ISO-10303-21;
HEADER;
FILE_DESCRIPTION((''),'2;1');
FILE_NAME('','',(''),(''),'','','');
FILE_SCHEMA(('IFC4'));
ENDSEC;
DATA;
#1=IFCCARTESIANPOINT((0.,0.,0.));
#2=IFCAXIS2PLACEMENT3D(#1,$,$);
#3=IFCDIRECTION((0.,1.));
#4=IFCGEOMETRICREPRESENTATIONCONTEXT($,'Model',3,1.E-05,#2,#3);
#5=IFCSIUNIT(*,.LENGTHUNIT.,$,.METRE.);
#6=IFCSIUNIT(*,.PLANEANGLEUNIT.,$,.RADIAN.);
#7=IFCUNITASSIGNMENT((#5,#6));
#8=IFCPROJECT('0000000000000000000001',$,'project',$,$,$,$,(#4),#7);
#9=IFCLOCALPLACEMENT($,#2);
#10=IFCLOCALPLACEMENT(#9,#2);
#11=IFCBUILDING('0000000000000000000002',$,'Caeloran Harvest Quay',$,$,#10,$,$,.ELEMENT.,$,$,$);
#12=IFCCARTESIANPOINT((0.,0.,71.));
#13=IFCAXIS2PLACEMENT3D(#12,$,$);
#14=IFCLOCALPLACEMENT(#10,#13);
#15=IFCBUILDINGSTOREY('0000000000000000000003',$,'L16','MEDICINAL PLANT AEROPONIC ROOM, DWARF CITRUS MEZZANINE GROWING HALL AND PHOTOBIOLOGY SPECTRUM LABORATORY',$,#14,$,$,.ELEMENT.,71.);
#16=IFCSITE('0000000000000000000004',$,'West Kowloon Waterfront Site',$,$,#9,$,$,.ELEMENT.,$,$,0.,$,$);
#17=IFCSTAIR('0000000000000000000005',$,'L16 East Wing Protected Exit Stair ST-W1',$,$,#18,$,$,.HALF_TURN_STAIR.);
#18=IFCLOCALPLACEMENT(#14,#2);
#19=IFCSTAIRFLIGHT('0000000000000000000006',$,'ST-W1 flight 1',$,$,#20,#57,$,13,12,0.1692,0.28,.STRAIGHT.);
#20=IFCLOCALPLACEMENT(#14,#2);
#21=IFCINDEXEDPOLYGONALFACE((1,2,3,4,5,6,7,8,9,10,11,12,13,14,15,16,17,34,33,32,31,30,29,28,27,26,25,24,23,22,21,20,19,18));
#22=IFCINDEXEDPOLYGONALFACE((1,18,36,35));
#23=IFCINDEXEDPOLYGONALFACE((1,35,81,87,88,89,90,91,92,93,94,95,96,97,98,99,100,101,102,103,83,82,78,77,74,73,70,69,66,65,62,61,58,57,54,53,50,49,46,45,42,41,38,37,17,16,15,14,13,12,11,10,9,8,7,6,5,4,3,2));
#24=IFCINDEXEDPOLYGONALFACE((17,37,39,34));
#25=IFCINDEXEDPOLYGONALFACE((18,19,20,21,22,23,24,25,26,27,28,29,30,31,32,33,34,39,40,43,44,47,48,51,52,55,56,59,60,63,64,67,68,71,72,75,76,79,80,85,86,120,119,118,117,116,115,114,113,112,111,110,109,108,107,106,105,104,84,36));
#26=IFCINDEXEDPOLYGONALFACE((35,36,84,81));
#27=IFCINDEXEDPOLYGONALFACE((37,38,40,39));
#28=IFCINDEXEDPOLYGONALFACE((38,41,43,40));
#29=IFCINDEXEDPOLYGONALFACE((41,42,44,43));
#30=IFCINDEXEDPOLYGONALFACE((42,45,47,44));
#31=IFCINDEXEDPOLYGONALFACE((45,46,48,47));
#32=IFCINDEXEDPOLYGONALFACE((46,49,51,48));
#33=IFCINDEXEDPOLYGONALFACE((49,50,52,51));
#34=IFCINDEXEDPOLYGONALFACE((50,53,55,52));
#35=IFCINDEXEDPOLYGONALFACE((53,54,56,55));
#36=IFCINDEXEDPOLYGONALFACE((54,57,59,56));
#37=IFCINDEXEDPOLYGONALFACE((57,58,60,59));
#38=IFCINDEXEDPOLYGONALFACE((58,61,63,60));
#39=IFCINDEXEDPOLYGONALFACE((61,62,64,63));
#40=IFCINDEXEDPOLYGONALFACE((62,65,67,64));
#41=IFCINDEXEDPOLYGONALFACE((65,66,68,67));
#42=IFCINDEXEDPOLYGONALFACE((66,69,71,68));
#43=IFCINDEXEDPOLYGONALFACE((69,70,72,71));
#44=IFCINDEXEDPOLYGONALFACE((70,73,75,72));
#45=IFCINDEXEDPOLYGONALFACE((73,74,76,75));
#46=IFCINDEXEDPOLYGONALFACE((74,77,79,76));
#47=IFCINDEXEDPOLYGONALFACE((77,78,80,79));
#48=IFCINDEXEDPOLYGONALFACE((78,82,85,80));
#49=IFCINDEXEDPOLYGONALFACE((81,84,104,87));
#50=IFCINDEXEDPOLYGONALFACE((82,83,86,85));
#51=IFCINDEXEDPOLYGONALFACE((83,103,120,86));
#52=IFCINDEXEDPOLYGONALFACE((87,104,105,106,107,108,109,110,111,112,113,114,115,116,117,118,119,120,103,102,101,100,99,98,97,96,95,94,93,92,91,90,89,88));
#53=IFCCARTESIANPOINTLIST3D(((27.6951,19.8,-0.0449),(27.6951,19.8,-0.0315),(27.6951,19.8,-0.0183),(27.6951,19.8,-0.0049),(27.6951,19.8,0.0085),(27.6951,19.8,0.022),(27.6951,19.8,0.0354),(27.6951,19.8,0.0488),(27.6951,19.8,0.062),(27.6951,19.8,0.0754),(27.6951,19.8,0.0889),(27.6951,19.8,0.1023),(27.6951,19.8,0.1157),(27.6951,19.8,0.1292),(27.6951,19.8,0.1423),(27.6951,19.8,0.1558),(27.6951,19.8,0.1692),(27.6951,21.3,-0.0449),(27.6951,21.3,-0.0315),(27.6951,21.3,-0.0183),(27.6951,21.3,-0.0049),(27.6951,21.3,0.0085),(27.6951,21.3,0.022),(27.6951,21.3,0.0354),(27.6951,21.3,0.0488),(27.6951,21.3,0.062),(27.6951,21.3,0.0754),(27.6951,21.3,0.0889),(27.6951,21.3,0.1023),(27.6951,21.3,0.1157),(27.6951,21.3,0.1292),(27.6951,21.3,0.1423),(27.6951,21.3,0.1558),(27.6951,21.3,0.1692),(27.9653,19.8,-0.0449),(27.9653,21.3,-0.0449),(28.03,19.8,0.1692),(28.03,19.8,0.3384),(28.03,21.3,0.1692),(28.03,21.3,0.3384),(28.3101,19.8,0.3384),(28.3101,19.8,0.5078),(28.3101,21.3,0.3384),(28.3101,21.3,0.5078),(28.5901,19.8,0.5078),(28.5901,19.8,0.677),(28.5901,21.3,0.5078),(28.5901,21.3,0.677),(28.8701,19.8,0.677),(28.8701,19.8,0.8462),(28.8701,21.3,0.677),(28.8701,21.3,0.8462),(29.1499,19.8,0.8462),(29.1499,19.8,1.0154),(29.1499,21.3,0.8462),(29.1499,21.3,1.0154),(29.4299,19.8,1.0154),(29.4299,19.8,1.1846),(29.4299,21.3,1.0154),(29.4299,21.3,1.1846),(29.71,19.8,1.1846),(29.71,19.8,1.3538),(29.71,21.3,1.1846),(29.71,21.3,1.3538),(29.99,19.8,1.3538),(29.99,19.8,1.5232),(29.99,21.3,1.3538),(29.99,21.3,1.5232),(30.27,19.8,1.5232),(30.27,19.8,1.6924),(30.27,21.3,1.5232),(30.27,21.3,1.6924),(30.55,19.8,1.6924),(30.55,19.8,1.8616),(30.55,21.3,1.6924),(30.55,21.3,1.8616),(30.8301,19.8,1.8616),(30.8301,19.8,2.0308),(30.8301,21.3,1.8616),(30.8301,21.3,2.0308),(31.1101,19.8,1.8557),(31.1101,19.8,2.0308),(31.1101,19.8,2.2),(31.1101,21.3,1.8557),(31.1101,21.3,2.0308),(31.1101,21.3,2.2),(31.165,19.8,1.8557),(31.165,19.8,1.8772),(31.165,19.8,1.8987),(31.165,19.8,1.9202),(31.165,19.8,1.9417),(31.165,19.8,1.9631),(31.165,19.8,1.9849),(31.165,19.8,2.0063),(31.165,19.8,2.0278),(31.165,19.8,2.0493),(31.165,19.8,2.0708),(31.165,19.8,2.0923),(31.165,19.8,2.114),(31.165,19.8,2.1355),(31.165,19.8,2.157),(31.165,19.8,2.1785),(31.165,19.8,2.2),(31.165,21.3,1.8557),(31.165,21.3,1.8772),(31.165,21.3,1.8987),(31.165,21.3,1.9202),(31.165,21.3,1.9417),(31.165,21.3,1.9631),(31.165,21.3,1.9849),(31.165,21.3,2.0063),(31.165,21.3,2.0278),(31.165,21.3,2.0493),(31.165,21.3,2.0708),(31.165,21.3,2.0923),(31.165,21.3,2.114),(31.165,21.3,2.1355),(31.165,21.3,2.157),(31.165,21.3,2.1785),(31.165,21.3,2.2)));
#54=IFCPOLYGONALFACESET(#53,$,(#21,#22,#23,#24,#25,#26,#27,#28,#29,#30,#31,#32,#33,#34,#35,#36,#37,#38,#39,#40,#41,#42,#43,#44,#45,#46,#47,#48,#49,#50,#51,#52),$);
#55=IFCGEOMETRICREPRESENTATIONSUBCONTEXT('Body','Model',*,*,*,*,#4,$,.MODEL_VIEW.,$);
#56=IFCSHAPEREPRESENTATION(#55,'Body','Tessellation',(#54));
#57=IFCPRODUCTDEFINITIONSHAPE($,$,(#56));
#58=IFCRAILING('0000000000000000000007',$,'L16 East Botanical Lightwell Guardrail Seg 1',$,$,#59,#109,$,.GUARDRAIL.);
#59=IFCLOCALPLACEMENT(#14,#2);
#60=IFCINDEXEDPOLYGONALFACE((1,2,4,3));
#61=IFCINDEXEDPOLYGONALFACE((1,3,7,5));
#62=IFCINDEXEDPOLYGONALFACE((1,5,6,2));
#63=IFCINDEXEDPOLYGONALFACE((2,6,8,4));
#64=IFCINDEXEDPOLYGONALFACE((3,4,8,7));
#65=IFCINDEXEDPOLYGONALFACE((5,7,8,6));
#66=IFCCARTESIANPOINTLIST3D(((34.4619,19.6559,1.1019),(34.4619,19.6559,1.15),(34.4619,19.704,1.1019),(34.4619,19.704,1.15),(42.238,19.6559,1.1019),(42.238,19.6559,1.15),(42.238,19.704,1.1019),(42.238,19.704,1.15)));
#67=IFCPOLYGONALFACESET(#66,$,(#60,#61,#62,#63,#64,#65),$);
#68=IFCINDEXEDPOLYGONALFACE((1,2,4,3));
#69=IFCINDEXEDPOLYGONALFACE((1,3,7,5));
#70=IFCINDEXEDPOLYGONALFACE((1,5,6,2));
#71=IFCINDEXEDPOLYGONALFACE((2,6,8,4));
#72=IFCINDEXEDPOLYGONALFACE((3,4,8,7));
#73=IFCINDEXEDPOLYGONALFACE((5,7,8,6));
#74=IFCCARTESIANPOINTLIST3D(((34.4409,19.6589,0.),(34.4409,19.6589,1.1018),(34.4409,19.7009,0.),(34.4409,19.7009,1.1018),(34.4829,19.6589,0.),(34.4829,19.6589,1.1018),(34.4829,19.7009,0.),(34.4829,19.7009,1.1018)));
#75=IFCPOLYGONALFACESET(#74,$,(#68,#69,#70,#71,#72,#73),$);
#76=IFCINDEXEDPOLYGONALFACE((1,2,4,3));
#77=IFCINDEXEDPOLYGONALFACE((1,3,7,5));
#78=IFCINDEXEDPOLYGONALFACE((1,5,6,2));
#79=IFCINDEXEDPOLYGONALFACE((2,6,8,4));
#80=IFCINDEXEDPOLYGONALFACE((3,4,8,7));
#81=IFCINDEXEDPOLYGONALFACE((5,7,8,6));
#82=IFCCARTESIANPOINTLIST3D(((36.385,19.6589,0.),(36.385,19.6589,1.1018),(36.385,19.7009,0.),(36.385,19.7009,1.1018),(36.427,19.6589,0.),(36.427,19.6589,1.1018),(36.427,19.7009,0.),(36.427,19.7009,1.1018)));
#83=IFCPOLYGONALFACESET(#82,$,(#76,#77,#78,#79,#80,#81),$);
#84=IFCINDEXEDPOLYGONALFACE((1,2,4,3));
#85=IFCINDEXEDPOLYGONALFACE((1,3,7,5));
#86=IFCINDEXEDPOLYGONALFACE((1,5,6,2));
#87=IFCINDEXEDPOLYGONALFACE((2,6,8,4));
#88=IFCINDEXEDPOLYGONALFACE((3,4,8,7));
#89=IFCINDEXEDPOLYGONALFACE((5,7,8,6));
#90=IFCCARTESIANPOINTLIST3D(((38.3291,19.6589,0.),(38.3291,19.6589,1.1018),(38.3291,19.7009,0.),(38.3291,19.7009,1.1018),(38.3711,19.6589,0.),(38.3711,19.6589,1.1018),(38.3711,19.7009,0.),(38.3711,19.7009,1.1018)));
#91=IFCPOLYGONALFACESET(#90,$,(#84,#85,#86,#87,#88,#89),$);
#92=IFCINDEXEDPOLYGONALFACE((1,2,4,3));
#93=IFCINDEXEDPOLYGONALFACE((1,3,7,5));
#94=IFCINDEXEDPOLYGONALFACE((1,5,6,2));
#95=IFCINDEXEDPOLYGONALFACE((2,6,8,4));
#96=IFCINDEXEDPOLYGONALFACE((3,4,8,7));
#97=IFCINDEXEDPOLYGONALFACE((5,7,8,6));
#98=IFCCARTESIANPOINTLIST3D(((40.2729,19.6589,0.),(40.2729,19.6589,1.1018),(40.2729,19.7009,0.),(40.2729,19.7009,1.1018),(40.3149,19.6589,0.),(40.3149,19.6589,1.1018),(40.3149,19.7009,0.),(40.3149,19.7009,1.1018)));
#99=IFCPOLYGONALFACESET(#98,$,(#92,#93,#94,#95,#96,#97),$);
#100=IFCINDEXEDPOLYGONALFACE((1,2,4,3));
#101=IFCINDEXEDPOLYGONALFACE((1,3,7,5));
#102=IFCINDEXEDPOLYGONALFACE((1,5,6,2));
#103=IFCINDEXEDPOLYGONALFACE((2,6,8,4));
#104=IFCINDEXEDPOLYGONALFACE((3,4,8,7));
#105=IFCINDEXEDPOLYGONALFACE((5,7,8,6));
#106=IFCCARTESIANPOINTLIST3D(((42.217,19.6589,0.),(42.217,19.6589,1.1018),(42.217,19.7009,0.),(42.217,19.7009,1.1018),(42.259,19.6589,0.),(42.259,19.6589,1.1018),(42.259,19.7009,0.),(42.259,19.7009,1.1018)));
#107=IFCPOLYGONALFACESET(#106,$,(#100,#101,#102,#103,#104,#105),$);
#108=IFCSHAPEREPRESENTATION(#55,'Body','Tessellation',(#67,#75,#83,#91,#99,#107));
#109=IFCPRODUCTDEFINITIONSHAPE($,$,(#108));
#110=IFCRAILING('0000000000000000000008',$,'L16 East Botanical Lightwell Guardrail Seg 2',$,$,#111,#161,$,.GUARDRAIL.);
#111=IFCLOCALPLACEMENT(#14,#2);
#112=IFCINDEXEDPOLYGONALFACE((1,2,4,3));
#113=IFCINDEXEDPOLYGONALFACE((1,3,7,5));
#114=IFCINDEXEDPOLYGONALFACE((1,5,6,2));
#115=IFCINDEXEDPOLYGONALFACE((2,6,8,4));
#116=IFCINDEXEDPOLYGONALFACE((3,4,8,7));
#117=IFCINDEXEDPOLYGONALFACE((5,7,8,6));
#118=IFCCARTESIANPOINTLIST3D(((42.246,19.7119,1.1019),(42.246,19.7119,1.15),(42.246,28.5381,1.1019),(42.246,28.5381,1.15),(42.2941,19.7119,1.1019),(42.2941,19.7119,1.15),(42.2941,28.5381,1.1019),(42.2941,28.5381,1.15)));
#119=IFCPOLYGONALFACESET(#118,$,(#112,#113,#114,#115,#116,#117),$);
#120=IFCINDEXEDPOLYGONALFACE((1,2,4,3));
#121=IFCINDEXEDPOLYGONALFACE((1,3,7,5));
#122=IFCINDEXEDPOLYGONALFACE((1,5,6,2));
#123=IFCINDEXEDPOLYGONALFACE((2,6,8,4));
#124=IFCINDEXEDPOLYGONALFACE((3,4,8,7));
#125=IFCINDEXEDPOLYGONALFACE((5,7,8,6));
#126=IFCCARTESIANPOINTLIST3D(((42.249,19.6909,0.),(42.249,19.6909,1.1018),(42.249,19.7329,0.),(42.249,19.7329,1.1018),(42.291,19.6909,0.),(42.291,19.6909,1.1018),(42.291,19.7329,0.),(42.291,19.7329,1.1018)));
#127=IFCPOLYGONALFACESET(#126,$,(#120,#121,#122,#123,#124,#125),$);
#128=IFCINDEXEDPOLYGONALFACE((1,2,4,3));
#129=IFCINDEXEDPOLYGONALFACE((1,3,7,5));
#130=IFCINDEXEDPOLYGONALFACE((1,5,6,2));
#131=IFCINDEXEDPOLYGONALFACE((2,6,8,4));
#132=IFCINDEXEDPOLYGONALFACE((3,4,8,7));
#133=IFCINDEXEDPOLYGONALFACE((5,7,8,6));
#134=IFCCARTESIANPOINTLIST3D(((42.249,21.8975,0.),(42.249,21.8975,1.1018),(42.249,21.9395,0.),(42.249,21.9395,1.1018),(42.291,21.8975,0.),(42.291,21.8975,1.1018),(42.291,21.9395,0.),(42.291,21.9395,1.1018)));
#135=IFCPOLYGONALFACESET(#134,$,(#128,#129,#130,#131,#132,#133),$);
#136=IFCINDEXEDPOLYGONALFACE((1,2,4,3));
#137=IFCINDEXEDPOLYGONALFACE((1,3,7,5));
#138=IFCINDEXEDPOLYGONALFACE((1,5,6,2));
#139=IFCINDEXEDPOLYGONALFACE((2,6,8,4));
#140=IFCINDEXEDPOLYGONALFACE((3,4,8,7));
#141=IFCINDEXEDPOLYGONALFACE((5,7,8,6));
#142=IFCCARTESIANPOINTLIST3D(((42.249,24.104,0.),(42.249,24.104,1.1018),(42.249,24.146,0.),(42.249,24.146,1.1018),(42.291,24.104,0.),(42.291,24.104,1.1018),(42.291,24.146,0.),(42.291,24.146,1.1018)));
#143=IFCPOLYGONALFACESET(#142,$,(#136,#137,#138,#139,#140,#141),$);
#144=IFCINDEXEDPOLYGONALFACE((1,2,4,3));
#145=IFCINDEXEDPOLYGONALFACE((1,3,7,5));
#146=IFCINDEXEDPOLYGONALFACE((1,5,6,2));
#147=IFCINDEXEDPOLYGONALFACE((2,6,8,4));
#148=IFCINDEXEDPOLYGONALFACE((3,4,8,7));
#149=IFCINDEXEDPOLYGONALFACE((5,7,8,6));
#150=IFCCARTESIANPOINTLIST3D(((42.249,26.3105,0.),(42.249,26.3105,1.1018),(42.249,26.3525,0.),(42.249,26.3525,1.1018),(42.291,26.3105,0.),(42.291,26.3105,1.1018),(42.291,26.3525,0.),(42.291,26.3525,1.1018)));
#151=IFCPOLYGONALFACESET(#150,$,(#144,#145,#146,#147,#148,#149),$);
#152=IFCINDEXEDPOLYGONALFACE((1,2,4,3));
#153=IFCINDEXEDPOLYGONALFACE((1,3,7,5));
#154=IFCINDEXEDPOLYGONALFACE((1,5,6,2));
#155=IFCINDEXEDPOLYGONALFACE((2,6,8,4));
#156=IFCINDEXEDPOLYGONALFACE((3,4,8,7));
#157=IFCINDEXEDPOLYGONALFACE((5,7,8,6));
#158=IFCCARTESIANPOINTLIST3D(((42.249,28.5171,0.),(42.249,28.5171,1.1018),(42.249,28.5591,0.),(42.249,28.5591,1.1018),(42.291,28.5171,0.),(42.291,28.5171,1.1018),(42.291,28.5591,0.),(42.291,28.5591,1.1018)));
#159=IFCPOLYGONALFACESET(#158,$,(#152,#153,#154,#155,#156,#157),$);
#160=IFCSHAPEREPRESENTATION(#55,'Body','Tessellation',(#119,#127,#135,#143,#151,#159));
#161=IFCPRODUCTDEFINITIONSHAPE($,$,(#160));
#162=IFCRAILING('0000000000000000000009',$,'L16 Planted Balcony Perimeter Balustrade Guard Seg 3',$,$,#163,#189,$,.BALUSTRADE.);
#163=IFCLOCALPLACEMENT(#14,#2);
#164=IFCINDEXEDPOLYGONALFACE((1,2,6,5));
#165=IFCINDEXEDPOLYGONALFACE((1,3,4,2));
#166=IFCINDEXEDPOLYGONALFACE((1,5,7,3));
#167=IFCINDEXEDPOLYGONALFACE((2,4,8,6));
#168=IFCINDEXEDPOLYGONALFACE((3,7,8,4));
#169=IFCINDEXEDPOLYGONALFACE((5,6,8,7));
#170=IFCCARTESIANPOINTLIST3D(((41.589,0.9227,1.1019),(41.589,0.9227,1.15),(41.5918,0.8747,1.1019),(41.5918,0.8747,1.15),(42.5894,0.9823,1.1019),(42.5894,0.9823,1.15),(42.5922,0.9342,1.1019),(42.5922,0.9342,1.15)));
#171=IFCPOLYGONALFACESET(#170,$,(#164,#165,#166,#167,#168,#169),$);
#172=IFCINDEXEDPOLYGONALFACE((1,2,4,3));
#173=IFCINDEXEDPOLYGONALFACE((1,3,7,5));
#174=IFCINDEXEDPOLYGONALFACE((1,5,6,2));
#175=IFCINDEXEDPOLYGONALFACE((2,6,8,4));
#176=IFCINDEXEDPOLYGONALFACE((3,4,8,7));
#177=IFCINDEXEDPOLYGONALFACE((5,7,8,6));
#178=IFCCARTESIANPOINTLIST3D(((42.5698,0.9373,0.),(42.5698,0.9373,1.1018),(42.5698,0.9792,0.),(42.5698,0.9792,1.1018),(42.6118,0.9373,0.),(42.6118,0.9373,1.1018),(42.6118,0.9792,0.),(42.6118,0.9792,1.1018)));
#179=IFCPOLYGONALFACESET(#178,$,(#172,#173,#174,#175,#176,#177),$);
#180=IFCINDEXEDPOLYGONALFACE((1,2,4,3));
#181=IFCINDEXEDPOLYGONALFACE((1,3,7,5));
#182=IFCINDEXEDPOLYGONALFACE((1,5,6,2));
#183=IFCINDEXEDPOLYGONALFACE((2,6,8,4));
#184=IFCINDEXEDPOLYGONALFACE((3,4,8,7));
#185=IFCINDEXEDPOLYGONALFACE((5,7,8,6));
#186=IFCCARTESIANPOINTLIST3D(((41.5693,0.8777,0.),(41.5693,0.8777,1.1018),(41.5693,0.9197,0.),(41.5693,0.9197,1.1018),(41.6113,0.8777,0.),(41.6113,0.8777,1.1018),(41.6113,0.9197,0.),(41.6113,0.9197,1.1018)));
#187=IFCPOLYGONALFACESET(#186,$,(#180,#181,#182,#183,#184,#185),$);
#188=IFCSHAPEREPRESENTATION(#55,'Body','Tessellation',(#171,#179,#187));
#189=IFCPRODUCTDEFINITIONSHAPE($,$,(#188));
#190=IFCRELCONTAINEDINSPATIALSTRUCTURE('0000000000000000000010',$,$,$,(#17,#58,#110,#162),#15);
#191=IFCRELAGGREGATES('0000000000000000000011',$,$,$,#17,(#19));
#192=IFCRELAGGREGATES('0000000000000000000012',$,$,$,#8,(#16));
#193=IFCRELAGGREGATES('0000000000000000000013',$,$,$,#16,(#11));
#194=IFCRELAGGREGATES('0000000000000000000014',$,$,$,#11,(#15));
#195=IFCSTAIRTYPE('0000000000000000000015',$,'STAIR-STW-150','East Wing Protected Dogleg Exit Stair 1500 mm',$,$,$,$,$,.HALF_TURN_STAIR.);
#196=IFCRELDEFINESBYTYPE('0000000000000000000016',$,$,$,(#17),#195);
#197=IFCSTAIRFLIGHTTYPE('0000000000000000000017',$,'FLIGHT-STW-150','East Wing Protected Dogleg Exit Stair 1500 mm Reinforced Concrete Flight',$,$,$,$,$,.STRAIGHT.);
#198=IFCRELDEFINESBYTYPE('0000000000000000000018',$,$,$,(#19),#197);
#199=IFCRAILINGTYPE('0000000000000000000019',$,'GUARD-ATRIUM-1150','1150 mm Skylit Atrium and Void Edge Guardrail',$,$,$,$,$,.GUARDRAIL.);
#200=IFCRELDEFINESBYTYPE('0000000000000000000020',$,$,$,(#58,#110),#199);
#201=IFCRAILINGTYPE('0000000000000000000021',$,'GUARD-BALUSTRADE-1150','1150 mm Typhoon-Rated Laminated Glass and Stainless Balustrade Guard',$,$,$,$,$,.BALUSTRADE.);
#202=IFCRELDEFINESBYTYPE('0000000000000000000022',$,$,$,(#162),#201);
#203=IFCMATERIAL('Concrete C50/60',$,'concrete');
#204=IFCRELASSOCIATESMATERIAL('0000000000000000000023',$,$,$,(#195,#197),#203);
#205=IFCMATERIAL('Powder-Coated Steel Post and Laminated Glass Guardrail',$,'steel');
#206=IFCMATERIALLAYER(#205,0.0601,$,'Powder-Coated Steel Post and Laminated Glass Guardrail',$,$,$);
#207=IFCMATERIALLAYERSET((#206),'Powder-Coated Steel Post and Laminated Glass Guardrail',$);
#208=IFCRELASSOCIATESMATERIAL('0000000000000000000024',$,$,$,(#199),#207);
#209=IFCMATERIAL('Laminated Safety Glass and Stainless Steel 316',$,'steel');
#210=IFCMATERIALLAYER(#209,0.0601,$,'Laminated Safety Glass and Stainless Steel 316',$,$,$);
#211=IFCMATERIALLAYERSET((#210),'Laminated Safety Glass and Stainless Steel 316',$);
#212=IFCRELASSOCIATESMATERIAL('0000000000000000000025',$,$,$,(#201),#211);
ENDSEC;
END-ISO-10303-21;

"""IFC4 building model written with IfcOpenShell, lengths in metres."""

from ifc_helpers import new_model, si_unit, direction, frame, origin, origin_2d, place, context, subcontext, project, spatial, polyline, rectangle, outline, extrude, material, layer, layer_set, type_object, element, aggregate, save


model = new_model("IFC4")

# Units and contexts
model_context = context("Model", 3, precision=1e-05, world=origin(), true_north=direction((0.0, 1.0)))
body_context = subcontext(model_context, "Body", "Model", "MODEL_VIEW")
ifc_project = project(units=[si_unit("LENGTHUNIT", "METRE"), si_unit("PLANEANGLEUNIT", "RADIAN")], contexts=[model_context])

# Site, building, storey
site_placement = place(None, origin())
site = spatial("IfcSite", under=ifc_project, at=site_placement, Name="West Kowloon Waterfront Site", CompositionType="ELEMENT", RefElevation=0.0)
building_placement = place(site_placement, origin())
building = spatial("IfcBuilding", under=site, at=building_placement, Name="Caeloran Harvest Quay", CompositionType="ELEMENT")
storey_placement = place(building_placement, frame((0.0, 0.0, 71.0)))
storey = spatial("IfcBuildingStorey", under=building, at=storey_placement, Name="L16", Description="MEDICINAL PLANT AEROPONIC ROOM, DWARF CITRUS MEZZANINE GROWING HALL AND PHOTOBIOLOGY SPECTRUM LABORATORY", CompositionType="ELEMENT", Elevation=71.0)

# Stair, stair flight
ifc_material_1 = material(Name="Concrete C50/60", Category="concrete")
stair_type = type_object("IfcStairType", Name="STAIR-STW-150", Description="East Wing Protected Dogleg Exit Stair 1500 mm", PredefinedType="HALF_TURN_STAIR", material=ifc_material_1)
stair_placement = place(storey_placement, origin())
stair = element("IfcStair", 1, at=stair_placement, inside=storey, type_object=stair_type, Name="L16 East Wing Protected Exit Stair ST-W1", PredefinedType="HALF_TURN_STAIR")
stair_flight_type = type_object("IfcStairFlightType", Name="FLIGHT-STW-150", Description="East Wing Protected Dogleg Exit Stair 1500 mm Reinforced Concrete Flight", PredefinedType="STRAIGHT", material=ifc_material_1)
stair_flight_placement = place(storey_placement, frame((27.75, 20.55, 0.0), z_axis=(0.0, 0.0, 1.0), x_axis=(1.0, 0.0, 0.0)))
stair_flight = element("IfcStairFlight", 2, at=stair_flight_placement, type_object=stair_flight_type, Name="ST-W1 flight 1", NumberOfRisers=13, NumberOfTreads=12, PredefinedType="STRAIGHT", RiserHeight=0.1692, TreadLength=0.28, context=body_context, shape_type="SweptSolid", body=[
    extrude(outline(polyline([(-0.0549, -0.0449), (-0.0549, -0.0315), (-0.0549, -0.0183), (-0.0549, -0.0049), (-0.0549, 0.0085), (-0.0549, 0.022), (-0.0549, 0.0354), (-0.0549, 0.0488), (-0.0549, 0.062), (-0.0549, 0.0754), (-0.0549, 0.0889), (-0.0549, 0.1023), (-0.0549, 0.1157), (-0.0549, 0.1292), (-0.0549, 0.1423), (-0.0549, 0.1558), (-0.0549, 0.1692), (0.28, 0.1692), (0.28, 0.3384), (0.5601, 0.3384), (0.5601, 0.5078), (0.8401, 0.5078), (0.8401, 0.677), (1.1201, 0.677), (1.1201, 0.8462), (1.3999, 0.8462), (1.3999, 1.0154), (1.6799, 1.0154), (1.6799, 1.1846), (1.96, 1.1846), (1.96, 1.3538), (2.24, 1.3538), (2.24, 1.5232), (2.52, 1.5232), (2.52, 1.6924), (2.8, 1.6924), (2.8, 1.8616), (3.0801, 1.8616), (3.0801, 2.0308), (3.3601, 2.0308), (3.3601, 2.2), (3.415, 2.2), (3.415, 2.1785), (3.415, 2.157), (3.415, 2.1355), (3.415, 2.114), (3.415, 2.0923), (3.415, 2.0708), (3.415, 2.0493), (3.415, 2.0278), (3.415, 2.0063), (3.415, 1.9849), (3.415, 1.9631), (3.415, 1.9417), (3.415, 1.9202), (3.415, 1.8987), (3.415, 1.8772), (3.415, 1.8557), (3.3601, 1.8557), (0.2153, -0.0449), (-0.0549, -0.0449)])), frame((0.0, 0.75, 0.0), z_axis=(0.0, -1.0, 0.0), x_axis=(1.0, 0.0, 0.0)), (0.0, 0.0, 1.0), 1.5),
])
aggregate(stair, [stair_flight])

# Railings
ifc_material_2 = material(Name="Powder-Coated Steel Post and Laminated Glass Guardrail", Category="steel")
ifc_layer_1 = layer(ifc_material_2, 0.0601, Name="Powder-Coated Steel Post and Laminated Glass Guardrail")
ifc_layer_set_1 = layer_set([ifc_layer_1], Name="Powder-Coated Steel Post and Laminated Glass Guardrail")
railing_type_1 = type_object("IfcRailingType", Name="GUARD-ATRIUM-1150", Description="1150 mm Skylit Atrium and Void Edge Guardrail", PredefinedType="GUARDRAIL", material=ifc_layer_set_1)
railing_1_placement = place(storey_placement, frame((34.4619, 19.6799, 0.0)))
element("IfcRailing", 3, at=railing_1_placement, inside=storey, type_object=railing_type_1, Name="L16 East Botanical Lightwell Guardrail Seg 1", PredefinedType="GUARDRAIL", context=body_context, shape_type="SweptSolid", body=[
    extrude(rectangle(XDim=0.0481, YDim=0.0481, at=origin_2d()), frame((0.0, 0.0, 1.126), z_axis=(1.0, 0.0, 0.0), x_axis=(0.0, 1.0, 0.0)), (0.0, 0.0, 1.0), 7.7761),
    extrude(rectangle(XDim=0.042, YDim=0.042, at=origin_2d()), origin(), (0.0, 0.0, 1.0), 1.1018),
    extrude(rectangle(XDim=0.042, YDim=0.042, at=origin_2d()), frame((1.9441, 0.0, 0.0)), (0.0, 0.0, 1.0), 1.1018),
    extrude(rectangle(XDim=0.042, YDim=0.042, at=origin_2d()), frame((3.8882, 0.0, 0.0)), (0.0, 0.0, 1.0), 1.1018),
    extrude(rectangle(XDim=0.042, YDim=0.042, at=origin_2d()), frame((5.832, 0.0, 0.0)), (0.0, 0.0, 1.0), 1.1018),
    extrude(rectangle(XDim=0.042, YDim=0.042, at=origin_2d()), frame((7.7761, 0.0, 0.0)), (0.0, 0.0, 1.0), 1.1018),
])
railing_2_placement = place(storey_placement, frame((42.27, 19.7119, 0.0)))
element("IfcRailing", 4, at=railing_2_placement, inside=storey, type_object=railing_type_1, Name="L16 East Botanical Lightwell Guardrail Seg 2", PredefinedType="GUARDRAIL", context=body_context, shape_type="SweptSolid", body=[
    extrude(rectangle(XDim=0.0481, YDim=0.0481, at=origin_2d()), frame((0.0, 0.0, 1.126), z_axis=(0.0, 1.0, 0.0), x_axis=(-1.0, 0.0, 0.0)), (0.0, 0.0, 1.0), 8.8262),
    extrude(rectangle(XDim=0.042, YDim=0.042, at=origin_2d()), origin(), (0.0, 0.0, 1.0), 1.1018),
    extrude(rectangle(XDim=0.042, YDim=0.042, at=origin_2d()), frame((0.0, 2.2065, 0.0)), (0.0, 0.0, 1.0), 1.1018),
    extrude(rectangle(XDim=0.042, YDim=0.042, at=origin_2d()), frame((0.0, 4.4131, 0.0)), (0.0, 0.0, 1.0), 1.1018),
    extrude(rectangle(XDim=0.042, YDim=0.042, at=origin_2d()), frame((0.0, 6.6196, 0.0)), (0.0, 0.0, 1.0), 1.1018),
    extrude(rectangle(XDim=0.042, YDim=0.042, at=origin_2d()), frame((0.0, 8.8262, 0.0)), (0.0, 0.0, 1.0), 1.1018),
])
ifc_material_3 = material(Name="Laminated Safety Glass and Stainless Steel 316", Category="steel")
ifc_layer_2 = layer(ifc_material_3, 0.0601, Name="Laminated Safety Glass and Stainless Steel 316")
ifc_layer_set_2 = layer_set([ifc_layer_2], Name="Laminated Safety Glass and Stainless Steel 316")
railing_type_2 = type_object("IfcRailingType", Name="GUARD-BALUSTRADE-1150", Description="1150 mm Typhoon-Rated Laminated Glass and Stainless Balustrade Guard", PredefinedType="BALUSTRADE", material=ifc_layer_set_2)
railing_3_placement = place(storey_placement, frame((42.5908, 0.9583, 0.0)))
element("IfcRailing", 5, at=railing_3_placement, inside=storey, type_object=railing_type_2, Name="L16 Planted Balcony Perimeter Balustrade Guard Seg 3", PredefinedType="BALUSTRADE", context=body_context, shape_type="SweptSolid", body=[
    extrude(rectangle(XDim=0.0481, YDim=0.0481, at=origin_2d()), frame((0.0, 0.0, 1.126), z_axis=(-0.998232, -0.059436, 0.0), x_axis=(0.059436, -0.998232, 0.0)), (0.0, 0.0, 1.0), 1.0022),
    extrude(rectangle(XDim=0.042, YDim=0.042, at=origin_2d()), origin(), (0.0, 0.0, 1.0), 1.1018),
    extrude(rectangle(XDim=0.042, YDim=0.042, at=origin_2d()), frame((-1.0005, -0.0596, 0.0)), (0.0, 0.0, 1.0), 1.1018),
])

save(model, "model.ifc")
